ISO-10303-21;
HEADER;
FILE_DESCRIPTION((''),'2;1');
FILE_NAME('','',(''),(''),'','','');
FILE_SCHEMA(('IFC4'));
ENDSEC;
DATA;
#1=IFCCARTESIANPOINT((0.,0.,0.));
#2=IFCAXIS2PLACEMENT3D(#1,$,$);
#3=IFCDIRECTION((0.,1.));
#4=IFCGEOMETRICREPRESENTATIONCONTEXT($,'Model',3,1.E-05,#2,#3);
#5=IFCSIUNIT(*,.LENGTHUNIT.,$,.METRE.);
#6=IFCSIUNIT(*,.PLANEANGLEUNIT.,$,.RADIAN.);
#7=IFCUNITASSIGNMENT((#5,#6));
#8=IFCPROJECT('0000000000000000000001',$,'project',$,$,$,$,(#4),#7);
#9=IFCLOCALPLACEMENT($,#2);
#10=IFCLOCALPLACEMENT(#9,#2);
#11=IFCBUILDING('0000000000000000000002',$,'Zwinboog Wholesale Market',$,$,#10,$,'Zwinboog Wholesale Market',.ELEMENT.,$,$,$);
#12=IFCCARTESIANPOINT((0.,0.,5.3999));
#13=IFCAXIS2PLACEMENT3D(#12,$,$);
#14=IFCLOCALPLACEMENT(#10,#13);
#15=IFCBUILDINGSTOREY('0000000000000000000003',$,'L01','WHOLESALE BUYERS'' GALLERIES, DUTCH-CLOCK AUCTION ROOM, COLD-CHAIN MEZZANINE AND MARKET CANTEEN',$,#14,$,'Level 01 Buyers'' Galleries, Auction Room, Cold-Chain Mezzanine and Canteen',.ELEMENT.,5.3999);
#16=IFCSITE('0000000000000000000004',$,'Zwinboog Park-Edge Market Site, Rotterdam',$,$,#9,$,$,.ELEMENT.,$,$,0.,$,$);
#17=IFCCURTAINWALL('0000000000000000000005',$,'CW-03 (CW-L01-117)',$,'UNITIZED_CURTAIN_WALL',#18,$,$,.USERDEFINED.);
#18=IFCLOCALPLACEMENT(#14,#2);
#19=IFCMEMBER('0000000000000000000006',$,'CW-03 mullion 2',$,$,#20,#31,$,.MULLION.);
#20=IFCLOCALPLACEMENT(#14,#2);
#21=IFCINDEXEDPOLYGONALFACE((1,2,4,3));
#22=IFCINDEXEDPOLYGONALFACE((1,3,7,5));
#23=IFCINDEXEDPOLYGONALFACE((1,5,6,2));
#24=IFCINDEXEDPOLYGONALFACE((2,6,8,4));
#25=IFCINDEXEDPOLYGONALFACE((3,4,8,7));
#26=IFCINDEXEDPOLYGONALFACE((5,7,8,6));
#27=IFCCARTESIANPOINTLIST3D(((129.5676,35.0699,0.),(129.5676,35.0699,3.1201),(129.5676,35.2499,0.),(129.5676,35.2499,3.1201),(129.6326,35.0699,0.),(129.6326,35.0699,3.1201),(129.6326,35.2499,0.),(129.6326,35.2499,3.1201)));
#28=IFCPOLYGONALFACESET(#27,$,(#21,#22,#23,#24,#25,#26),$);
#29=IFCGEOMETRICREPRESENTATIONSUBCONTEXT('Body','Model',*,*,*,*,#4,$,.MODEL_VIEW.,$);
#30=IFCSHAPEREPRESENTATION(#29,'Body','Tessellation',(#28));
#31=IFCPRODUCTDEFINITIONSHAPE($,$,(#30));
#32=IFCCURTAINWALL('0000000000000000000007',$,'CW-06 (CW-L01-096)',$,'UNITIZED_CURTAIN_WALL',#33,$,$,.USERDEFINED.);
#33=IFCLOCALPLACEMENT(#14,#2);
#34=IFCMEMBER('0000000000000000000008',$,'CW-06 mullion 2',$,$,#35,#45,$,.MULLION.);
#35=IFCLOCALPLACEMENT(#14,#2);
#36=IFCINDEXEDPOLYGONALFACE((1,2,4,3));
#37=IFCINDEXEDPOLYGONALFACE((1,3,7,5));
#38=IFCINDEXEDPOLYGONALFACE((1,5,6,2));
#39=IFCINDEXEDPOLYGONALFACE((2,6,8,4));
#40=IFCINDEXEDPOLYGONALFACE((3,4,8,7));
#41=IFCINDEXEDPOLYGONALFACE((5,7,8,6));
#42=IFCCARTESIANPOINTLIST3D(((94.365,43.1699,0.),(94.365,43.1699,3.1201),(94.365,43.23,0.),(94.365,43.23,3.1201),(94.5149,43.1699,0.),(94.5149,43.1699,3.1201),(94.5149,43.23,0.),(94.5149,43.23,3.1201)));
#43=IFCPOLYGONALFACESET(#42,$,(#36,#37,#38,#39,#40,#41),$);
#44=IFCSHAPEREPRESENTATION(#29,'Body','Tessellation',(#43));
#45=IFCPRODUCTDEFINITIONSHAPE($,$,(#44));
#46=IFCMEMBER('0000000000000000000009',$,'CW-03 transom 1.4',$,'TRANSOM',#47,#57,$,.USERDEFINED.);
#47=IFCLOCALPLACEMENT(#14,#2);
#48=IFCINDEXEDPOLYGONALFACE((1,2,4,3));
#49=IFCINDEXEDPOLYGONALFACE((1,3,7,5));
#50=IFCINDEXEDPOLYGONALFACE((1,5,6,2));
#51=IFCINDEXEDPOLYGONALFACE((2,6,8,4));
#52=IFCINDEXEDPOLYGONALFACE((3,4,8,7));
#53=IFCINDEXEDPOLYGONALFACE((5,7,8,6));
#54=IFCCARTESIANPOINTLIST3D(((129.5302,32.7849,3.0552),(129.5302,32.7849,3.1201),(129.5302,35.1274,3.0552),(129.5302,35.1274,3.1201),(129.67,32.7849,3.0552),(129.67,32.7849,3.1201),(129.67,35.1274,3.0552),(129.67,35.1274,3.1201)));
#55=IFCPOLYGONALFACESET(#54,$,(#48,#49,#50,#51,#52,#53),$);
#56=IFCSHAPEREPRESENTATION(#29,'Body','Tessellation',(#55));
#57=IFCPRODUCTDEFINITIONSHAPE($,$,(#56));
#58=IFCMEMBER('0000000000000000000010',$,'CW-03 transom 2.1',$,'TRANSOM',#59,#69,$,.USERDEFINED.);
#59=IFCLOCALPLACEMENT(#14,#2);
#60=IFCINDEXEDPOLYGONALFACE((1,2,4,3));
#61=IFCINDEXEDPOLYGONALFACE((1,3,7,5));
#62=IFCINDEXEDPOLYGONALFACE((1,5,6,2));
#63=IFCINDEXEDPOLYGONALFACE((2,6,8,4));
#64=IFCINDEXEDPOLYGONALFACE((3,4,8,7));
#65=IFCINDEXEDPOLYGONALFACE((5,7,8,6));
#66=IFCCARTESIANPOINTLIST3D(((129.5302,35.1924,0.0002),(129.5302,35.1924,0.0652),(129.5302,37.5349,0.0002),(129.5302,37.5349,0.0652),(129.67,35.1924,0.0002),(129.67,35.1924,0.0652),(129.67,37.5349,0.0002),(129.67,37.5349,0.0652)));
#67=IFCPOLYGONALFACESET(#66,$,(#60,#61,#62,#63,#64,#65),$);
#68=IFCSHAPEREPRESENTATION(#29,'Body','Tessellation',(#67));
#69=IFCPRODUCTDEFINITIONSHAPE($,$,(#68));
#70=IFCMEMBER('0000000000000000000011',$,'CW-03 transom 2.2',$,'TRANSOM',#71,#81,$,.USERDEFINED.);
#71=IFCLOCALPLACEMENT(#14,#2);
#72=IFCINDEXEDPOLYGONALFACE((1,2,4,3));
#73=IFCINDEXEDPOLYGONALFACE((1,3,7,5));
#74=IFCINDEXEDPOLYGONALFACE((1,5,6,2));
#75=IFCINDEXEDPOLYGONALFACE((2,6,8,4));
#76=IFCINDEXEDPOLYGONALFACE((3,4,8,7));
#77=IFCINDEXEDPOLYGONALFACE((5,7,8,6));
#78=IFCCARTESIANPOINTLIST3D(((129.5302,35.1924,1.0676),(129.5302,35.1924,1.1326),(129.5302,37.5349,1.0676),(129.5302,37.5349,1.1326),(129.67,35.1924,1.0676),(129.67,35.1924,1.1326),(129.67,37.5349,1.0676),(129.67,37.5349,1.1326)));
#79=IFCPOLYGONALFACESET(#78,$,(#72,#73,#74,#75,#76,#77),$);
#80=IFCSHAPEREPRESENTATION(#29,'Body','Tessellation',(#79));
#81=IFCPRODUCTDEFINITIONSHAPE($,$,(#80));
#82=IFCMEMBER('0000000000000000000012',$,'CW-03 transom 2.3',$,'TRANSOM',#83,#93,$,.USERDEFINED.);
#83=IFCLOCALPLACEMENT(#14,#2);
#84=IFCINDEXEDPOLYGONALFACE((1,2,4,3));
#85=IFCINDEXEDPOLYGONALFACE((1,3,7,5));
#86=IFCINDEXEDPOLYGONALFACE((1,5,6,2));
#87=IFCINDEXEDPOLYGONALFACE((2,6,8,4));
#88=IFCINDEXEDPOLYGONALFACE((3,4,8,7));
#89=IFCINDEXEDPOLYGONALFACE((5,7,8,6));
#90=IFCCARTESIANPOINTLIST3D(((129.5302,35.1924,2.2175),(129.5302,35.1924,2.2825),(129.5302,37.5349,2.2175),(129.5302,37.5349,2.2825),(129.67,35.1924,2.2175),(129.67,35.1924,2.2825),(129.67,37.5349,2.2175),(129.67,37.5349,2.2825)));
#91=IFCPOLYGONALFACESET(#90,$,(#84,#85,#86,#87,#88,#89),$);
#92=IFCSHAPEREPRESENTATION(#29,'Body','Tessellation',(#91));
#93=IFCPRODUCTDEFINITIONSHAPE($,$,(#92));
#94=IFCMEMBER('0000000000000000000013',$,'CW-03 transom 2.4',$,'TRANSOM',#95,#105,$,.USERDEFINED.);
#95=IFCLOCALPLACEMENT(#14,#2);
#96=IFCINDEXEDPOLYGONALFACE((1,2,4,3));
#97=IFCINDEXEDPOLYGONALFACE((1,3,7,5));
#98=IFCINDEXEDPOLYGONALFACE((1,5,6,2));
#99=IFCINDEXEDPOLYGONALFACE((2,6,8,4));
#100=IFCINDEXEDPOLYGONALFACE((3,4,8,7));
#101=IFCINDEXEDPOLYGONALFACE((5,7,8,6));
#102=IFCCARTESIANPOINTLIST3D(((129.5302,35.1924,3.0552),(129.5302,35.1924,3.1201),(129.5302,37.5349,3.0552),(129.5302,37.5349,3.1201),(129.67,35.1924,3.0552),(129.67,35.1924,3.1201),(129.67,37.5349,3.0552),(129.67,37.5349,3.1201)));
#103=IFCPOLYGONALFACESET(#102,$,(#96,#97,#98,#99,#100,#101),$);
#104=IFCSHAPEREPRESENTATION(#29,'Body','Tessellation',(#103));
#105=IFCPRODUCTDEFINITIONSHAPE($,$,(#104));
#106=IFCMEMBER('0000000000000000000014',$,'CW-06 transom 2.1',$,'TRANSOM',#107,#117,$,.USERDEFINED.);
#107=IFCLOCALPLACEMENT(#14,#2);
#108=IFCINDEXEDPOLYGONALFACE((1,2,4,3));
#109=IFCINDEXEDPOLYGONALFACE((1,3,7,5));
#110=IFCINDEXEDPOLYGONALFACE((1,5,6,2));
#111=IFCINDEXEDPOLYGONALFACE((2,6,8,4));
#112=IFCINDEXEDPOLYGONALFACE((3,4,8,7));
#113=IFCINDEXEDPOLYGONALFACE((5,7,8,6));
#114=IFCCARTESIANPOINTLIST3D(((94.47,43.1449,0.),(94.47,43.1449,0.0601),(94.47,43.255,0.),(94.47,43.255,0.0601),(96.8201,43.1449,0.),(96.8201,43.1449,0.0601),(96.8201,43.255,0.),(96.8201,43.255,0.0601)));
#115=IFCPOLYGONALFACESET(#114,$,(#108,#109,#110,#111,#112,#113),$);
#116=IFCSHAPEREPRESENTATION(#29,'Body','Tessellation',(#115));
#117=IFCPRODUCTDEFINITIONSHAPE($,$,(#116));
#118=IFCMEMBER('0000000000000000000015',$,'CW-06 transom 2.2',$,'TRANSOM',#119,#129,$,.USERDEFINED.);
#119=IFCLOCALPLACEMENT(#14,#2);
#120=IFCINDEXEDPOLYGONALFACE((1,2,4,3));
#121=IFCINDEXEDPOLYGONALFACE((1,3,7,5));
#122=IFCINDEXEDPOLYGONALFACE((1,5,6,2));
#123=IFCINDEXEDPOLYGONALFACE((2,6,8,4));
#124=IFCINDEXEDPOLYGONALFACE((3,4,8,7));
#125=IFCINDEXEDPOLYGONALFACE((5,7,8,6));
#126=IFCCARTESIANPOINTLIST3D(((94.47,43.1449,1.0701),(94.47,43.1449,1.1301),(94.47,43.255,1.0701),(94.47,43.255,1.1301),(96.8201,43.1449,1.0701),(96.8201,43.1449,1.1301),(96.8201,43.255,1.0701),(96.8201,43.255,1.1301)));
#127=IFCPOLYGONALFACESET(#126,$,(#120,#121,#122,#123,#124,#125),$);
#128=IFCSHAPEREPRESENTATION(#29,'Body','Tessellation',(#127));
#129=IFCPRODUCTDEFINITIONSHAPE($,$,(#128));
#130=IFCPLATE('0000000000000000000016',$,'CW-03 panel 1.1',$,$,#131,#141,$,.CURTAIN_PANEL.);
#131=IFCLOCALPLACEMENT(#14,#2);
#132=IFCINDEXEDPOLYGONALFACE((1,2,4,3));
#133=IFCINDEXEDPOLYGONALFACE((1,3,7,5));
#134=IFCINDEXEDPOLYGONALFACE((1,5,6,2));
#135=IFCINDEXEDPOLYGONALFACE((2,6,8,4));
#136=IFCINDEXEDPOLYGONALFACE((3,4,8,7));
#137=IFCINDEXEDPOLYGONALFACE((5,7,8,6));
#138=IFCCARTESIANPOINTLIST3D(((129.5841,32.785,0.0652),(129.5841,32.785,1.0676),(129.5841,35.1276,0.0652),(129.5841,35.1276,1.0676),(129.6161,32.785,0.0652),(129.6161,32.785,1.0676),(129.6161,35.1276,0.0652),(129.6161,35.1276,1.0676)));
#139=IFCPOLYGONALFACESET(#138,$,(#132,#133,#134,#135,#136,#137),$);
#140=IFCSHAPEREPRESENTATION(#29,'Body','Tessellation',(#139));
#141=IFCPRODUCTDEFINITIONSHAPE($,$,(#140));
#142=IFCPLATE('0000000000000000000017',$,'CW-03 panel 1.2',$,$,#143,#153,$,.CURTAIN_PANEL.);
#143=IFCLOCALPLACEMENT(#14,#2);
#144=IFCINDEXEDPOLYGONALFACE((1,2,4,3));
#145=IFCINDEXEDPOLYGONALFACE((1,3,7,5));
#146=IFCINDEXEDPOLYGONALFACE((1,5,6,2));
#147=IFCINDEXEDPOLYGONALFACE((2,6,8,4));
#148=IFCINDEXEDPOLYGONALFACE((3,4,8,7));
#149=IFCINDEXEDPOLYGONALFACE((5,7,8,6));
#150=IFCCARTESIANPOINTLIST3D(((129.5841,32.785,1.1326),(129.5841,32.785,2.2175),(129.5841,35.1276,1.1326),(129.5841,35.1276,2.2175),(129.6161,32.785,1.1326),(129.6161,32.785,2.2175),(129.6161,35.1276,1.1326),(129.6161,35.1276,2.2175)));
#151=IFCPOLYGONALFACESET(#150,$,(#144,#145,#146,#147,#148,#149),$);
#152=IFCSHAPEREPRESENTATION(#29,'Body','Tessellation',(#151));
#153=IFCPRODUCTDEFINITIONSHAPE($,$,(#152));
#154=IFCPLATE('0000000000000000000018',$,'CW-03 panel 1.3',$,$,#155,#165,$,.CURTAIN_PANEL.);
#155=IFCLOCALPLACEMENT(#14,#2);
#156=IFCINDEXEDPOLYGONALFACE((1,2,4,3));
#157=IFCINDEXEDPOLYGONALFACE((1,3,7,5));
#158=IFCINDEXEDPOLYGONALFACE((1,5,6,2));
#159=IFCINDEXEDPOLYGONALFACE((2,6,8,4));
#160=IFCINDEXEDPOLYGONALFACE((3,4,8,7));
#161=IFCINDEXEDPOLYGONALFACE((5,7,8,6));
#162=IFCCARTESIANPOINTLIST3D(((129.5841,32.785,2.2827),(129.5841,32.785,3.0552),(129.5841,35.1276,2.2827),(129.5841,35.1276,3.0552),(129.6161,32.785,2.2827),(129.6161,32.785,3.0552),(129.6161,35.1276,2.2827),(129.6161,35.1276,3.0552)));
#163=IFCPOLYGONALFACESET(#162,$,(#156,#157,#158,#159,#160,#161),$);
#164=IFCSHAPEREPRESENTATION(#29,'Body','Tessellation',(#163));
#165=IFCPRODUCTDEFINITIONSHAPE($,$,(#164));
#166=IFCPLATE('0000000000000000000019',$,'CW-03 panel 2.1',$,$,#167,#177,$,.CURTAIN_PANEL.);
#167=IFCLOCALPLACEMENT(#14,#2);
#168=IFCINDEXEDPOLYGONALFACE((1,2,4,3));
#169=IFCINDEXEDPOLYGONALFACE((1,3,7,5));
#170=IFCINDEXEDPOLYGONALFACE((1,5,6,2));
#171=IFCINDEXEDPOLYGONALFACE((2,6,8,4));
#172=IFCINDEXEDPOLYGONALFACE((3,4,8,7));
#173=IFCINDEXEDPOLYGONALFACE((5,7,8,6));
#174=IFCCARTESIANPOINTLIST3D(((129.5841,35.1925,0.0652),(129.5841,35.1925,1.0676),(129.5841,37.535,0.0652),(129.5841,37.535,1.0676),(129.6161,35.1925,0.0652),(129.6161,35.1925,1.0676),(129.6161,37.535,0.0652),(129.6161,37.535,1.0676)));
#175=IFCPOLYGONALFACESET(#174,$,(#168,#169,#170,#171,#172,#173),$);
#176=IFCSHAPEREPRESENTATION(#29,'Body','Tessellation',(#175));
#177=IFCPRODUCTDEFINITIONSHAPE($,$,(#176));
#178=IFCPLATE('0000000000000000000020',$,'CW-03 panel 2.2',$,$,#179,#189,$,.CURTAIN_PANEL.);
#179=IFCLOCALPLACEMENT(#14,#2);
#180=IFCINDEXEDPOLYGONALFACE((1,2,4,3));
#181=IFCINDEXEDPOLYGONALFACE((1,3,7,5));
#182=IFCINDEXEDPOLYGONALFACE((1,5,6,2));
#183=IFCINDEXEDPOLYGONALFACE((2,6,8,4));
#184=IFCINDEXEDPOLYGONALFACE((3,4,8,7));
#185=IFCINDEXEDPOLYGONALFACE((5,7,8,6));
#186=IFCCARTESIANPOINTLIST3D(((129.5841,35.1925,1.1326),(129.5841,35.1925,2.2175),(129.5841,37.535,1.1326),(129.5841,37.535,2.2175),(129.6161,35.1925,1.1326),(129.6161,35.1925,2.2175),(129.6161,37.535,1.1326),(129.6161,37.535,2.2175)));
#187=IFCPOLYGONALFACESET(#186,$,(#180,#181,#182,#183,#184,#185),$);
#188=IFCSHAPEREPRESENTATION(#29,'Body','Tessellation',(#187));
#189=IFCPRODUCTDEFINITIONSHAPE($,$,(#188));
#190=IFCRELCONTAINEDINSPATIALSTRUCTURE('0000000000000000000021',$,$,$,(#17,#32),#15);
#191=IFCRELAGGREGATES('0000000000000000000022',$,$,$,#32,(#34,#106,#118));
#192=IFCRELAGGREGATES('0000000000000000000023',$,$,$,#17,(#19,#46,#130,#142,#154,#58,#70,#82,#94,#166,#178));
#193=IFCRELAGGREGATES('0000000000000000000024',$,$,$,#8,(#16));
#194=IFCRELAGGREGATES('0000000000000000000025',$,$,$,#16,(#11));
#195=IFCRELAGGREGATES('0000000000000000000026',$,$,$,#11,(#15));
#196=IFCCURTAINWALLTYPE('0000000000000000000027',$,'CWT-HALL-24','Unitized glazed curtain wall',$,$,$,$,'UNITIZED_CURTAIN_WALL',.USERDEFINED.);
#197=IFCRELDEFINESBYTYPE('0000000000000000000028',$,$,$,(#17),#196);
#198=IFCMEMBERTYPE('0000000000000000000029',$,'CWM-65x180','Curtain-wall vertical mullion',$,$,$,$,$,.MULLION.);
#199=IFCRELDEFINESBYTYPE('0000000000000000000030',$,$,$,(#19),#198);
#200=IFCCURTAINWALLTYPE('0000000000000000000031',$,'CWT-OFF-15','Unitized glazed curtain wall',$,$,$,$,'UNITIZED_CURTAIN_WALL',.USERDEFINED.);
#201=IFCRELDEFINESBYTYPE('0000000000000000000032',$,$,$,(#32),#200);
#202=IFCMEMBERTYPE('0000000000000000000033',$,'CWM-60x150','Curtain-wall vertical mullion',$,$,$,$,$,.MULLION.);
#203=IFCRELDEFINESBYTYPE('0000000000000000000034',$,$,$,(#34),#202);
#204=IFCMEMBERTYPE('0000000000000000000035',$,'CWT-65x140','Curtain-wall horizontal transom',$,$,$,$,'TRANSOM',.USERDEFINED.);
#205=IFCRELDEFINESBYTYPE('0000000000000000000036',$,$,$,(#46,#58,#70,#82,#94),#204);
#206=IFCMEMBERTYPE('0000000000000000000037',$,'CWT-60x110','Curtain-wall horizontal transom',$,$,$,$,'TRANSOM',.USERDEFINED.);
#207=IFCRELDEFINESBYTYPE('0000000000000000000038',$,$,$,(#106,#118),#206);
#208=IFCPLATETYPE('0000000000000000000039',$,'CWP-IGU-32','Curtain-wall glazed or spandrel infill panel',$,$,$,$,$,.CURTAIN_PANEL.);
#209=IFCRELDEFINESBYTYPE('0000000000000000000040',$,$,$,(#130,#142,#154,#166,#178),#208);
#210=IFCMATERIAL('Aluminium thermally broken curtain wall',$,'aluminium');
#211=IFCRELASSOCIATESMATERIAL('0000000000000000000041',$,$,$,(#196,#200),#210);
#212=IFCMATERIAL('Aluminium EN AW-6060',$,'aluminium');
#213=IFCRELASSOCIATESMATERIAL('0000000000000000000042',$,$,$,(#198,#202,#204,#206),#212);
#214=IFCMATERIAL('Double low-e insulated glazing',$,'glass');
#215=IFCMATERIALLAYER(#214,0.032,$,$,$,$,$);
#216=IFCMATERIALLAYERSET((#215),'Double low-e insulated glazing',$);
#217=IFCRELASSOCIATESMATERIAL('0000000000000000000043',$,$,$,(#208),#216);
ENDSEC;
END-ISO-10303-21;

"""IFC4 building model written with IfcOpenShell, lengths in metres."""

from ifc_helpers import new_model, si_unit, direction, frame, origin, origin_2d, place, context, subcontext, project, spatial, rectangle, extrude, material, layer, layer_set, material_profile, profile_set, type_object, element, aggregate, save


model = new_model("IFC4")

# Units and contexts
model_context = context("Model", 3, precision=1e-05, world=origin(), true_north=direction((0.0, 1.0)))
body_context = subcontext(model_context, "Body", "Model", "MODEL_VIEW")
ifc_project = project(units=[si_unit("LENGTHUNIT", "METRE"), si_unit("PLANEANGLEUNIT", "RADIAN")], contexts=[model_context])

# Site, building, storey
site_placement = place(None, origin())
site = spatial("IfcSite", under=ifc_project, at=site_placement, Name="Zwinboog Park-Edge Market Site, Rotterdam", CompositionType="ELEMENT", RefElevation=0.0)
building_placement = place(site_placement, origin())
building = spatial("IfcBuilding", under=site, at=building_placement, Name="Zwinboog Wholesale Market", LongName="Zwinboog Wholesale Market", CompositionType="ELEMENT")
storey_placement = place(building_placement, frame((0.0, 0.0, 5.3999)))
storey = spatial("IfcBuildingStorey", under=building, at=storey_placement, Name="L01", Description="WHOLESALE BUYERS' GALLERIES, DUTCH-CLOCK AUCTION ROOM, COLD-CHAIN MEZZANINE AND MARKET CANTEEN", LongName="Level 01 Buyers' Galleries, Auction Room, Cold-Chain Mezzanine and Canteen", CompositionType="ELEMENT", Elevation=5.3999)

# Curtain walls, members
ifc_material_1 = material(Name="Aluminium thermally broken curtain wall", Category="aluminium")
curtain_wall_type_1 = type_object("IfcCurtainWallType", Name="CWT-HALL-24", Description="Unitized glazed curtain wall", ElementType="UNITIZED_CURTAIN_WALL", PredefinedType="USERDEFINED", material=ifc_material_1)
curtain_wall_1_placement = place(storey_placement, origin())
curtain_wall_1 = element("IfcCurtainWall", 1, at=curtain_wall_1_placement, inside=storey, type_object=curtain_wall_type_1, Name="CW-03 (CW-L01-117)", ObjectType="UNITIZED_CURTAIN_WALL", PredefinedType="USERDEFINED")
ifc_material_2 = material(Name="Aluminium EN AW-6060", Category="aluminium")
ifc_material_profile_1 = material_profile(ifc_material_2, rectangle(XDim=0.0649, YDim=0.1799, at=origin_2d()), Name="AL 65x180")
ifc_profile_set_1 = profile_set([ifc_material_profile_1], Name="Aluminium EN AW-6060")
member_type_1 = type_object("IfcMemberType", Name="CWM-65x180", Description="Curtain-wall vertical mullion", PredefinedType="MULLION", material=ifc_profile_set_1)
member_1_placement = place(storey_placement, frame((129.6001, 35.1599, 0.0), z_axis=(0.0, 0.0, 1.0), x_axis=(-1.0, 0.0, 0.0)))
member_1 = element("IfcMember", 2, at=member_1_placement, type_object=member_type_1, Name="CW-03 mullion 2", PredefinedType="MULLION", context=body_context, shape_type="SweptSolid", body=[
    extrude(rectangle(XDim=0.0649, YDim=0.1799, at=origin_2d()), origin(), (0.0, 0.0, 1.0), 3.1201),
])
curtain_wall_type_2 = type_object("IfcCurtainWallType", Name="CWT-OFF-15", Description="Unitized glazed curtain wall", ElementType="UNITIZED_CURTAIN_WALL", PredefinedType="USERDEFINED", material=ifc_material_1)
curtain_wall_2_placement = place(storey_placement, origin())
curtain_wall_2 = element("IfcCurtainWall", 3, at=curtain_wall_2_placement, inside=storey, type_object=curtain_wall_type_2, Name="CW-06 (CW-L01-096)", ObjectType="UNITIZED_CURTAIN_WALL", PredefinedType="USERDEFINED")
ifc_material_profile_2 = material_profile(ifc_material_2, rectangle(XDim=0.0601, YDim=0.1499, at=origin_2d()), Name="AL 60x150")
ifc_profile_set_2 = profile_set([ifc_material_profile_2], Name="Aluminium EN AW-6060")
member_type_2 = type_object("IfcMemberType", Name="CWM-60x150", Description="Curtain-wall vertical mullion", PredefinedType="MULLION", material=ifc_profile_set_2)
member_2_placement = place(storey_placement, frame((94.4399, 43.2, 0.0), z_axis=(0.0, 0.0, 1.0), x_axis=(0.0, 1.0, 0.0)))
member_2 = element("IfcMember", 4, at=member_2_placement, type_object=member_type_2, Name="CW-06 mullion 2", PredefinedType="MULLION", context=body_context, shape_type="SweptSolid", body=[
    extrude(rectangle(XDim=0.0601, YDim=0.1499, at=origin_2d()), origin(), (0.0, 0.0, 1.0), 3.1201),
])

# Members
ifc_material_profile_3 = material_profile(ifc_material_2, rectangle(XDim=0.1399, YDim=0.0649, at=origin_2d()), Name="AL 65x140")
ifc_profile_set_3 = profile_set([ifc_material_profile_3], Name="Aluminium EN AW-6060")
member_type_3 = type_object("IfcMemberType", Name="CWT-65x140", Description="Curtain-wall horizontal transom", ElementType="TRANSOM", PredefinedType="USERDEFINED", material=ifc_profile_set_3)
member_3_placement = place(storey_placement, frame((129.6001, 32.7849, 3.0876), z_axis=(0.0, 1.0, 0.0), x_axis=(-1.0, 0.0, 0.0)))
member_3 = element("IfcMember", 5, at=member_3_placement, type_object=member_type_3, Name="CW-03 transom 1.4", ObjectType="TRANSOM", PredefinedType="USERDEFINED", context=body_context, shape_type="SweptSolid", body=[
    extrude(rectangle(XDim=0.1399, YDim=0.0649, at=origin_2d()), origin(), (0.0, 0.0, 1.0), 2.3425),
])
member_4_placement = place(storey_placement, frame((129.6001, 35.1924, 0.0327), z_axis=(0.0, 1.0, 0.0), x_axis=(-1.0, 0.0, 0.0)))
member_4 = element("IfcMember", 6, at=member_4_placement, type_object=member_type_3, Name="CW-03 transom 2.1", ObjectType="TRANSOM", PredefinedType="USERDEFINED", context=body_context, shape_type="SweptSolid", body=[
    extrude(rectangle(XDim=0.1399, YDim=0.0649, at=origin_2d()), origin(), (0.0, 0.0, 1.0), 2.3425),
])
member_5_placement = place(storey_placement, frame((129.6001, 35.1924, 1.1001), z_axis=(0.0, 1.0, 0.0), x_axis=(-1.0, 0.0, 0.0)))
member_5 = element("IfcMember", 7, at=member_5_placement, type_object=member_type_3, Name="CW-03 transom 2.2", ObjectType="TRANSOM", PredefinedType="USERDEFINED", context=body_context, shape_type="SweptSolid", body=[
    extrude(rectangle(XDim=0.1399, YDim=0.0649, at=origin_2d()), origin(), (0.0, 0.0, 1.0), 2.3425),
])
member_6_placement = place(storey_placement, frame((129.6001, 35.1924, 2.25), z_axis=(0.0, 1.0, 0.0), x_axis=(-1.0, 0.0, 0.0)))
member_6 = element("IfcMember", 8, at=member_6_placement, type_object=member_type_3, Name="CW-03 transom 2.3", ObjectType="TRANSOM", PredefinedType="USERDEFINED", context=body_context, shape_type="SweptSolid", body=[
    extrude(rectangle(XDim=0.1399, YDim=0.0649, at=origin_2d()), origin(), (0.0, 0.0, 1.0), 2.3425),
])
member_7_placement = place(storey_placement, frame((129.6001, 35.1924, 3.0876), z_axis=(0.0, 1.0, 0.0), x_axis=(-1.0, 0.0, 0.0)))
member_7 = element("IfcMember", 9, at=member_7_placement, type_object=member_type_3, Name="CW-03 transom 2.4", ObjectType="TRANSOM", PredefinedType="USERDEFINED", context=body_context, shape_type="SweptSolid", body=[
    extrude(rectangle(XDim=0.1399, YDim=0.0649, at=origin_2d()), origin(), (0.0, 0.0, 1.0), 2.3425),
])
ifc_material_profile_4 = material_profile(ifc_material_2, rectangle(XDim=0.1101, YDim=0.0601, at=origin_2d()), Name="AL 60x110")
ifc_profile_set_4 = profile_set([ifc_material_profile_4], Name="Aluminium EN AW-6060")
member_type_4 = type_object("IfcMemberType", Name="CWT-60x110", Description="Curtain-wall horizontal transom", ElementType="TRANSOM", PredefinedType="USERDEFINED", material=ifc_profile_set_4)
member_8_placement = place(storey_placement, frame((94.47, 43.2, 0.03), z_axis=(1.0, 0.0, 0.0), x_axis=(0.0, 1.0, 0.0)))
member_8 = element("IfcMember", 10, at=member_8_placement, type_object=member_type_4, Name="CW-06 transom 2.1", ObjectType="TRANSOM", PredefinedType="USERDEFINED", context=body_context, shape_type="SweptSolid", body=[
    extrude(rectangle(XDim=0.1101, YDim=0.0601, at=origin_2d()), origin(), (0.0, 0.0, 1.0), 2.3501),
])
member_9_placement = place(storey_placement, frame((94.47, 43.2, 1.1001), z_axis=(1.0, 0.0, 0.0), x_axis=(0.0, 1.0, 0.0)))
member_9 = element("IfcMember", 11, at=member_9_placement, type_object=member_type_4, Name="CW-06 transom 2.2", ObjectType="TRANSOM", PredefinedType="USERDEFINED", context=body_context, shape_type="SweptSolid", body=[
    extrude(rectangle(XDim=0.1101, YDim=0.0601, at=origin_2d()), origin(), (0.0, 0.0, 1.0), 2.3501),
])
aggregate(curtain_wall_2, [member_2, member_8, member_9])

# Plates
ifc_material_3 = material(Name="Double low-e insulated glazing", Category="glass")
ifc_layer = layer(ifc_material_3, 0.032)
ifc_layer_set = layer_set([ifc_layer], Name="Double low-e insulated glazing")
plate_type = type_object("IfcPlateType", Name="CWP-IGU-32", Description="Curtain-wall glazed or spandrel infill panel", PredefinedType="CURTAIN_PANEL", material=ifc_layer_set)
plate_1_placement = place(storey_placement, frame((129.6001, 33.9563, 0.0652), z_axis=(0.0, 0.0, 1.0), x_axis=(0.0, 1.0, 0.0)))
plate_1 = element("IfcPlate", 12, at=plate_1_placement, type_object=plate_type, Name="CW-03 panel 1.1", PredefinedType="CURTAIN_PANEL", context=body_context, shape_type="SweptSolid", body=[
    extrude(rectangle(XDim=2.3425, YDim=0.032, at=origin_2d()), origin(), (0.0, 0.0, 1.0), 1.0024),
])
plate_2_placement = place(storey_placement, frame((129.6001, 33.9563, 1.1326), z_axis=(0.0, 0.0, 1.0), x_axis=(0.0, 1.0, 0.0)))
plate_2 = element("IfcPlate", 13, at=plate_2_placement, type_object=plate_type, Name="CW-03 panel 1.2", PredefinedType="CURTAIN_PANEL", context=body_context, shape_type="SweptSolid", body=[
    extrude(rectangle(XDim=2.3425, YDim=0.032, at=origin_2d()), origin(), (0.0, 0.0, 1.0), 1.085),
])
plate_3_placement = place(storey_placement, frame((129.6001, 33.9563, 2.2827), z_axis=(0.0, 0.0, 1.0), x_axis=(0.0, 1.0, 0.0)))
plate_3 = element("IfcPlate", 14, at=plate_3_placement, type_object=plate_type, Name="CW-03 panel 1.3", PredefinedType="CURTAIN_PANEL", context=body_context, shape_type="SweptSolid", body=[
    extrude(rectangle(XDim=2.3425, YDim=0.032, at=origin_2d()), origin(), (0.0, 0.0, 1.0), 0.7725),
])
plate_4_placement = place(storey_placement, frame((129.6001, 36.3638, 0.0652), z_axis=(0.0, 0.0, 1.0), x_axis=(0.0, 1.0, 0.0)))
plate_4 = element("IfcPlate", 15, at=plate_4_placement, type_object=plate_type, Name="CW-03 panel 2.1", PredefinedType="CURTAIN_PANEL", context=body_context, shape_type="SweptSolid", body=[
    extrude(rectangle(XDim=2.3425, YDim=0.032, at=origin_2d()), origin(), (0.0, 0.0, 1.0), 1.0024),
])
plate_5_placement = place(storey_placement, frame((129.6001, 36.3638, 1.1326), z_axis=(0.0, 0.0, 1.0), x_axis=(0.0, 1.0, 0.0)))
plate_5 = element("IfcPlate", 16, at=plate_5_placement, type_object=plate_type, Name="CW-03 panel 2.2", PredefinedType="CURTAIN_PANEL", context=body_context, shape_type="SweptSolid", body=[
    extrude(rectangle(XDim=2.3425, YDim=0.032, at=origin_2d()), origin(), (0.0, 0.0, 1.0), 1.085),
])
aggregate(curtain_wall_1, [member_1, member_3, plate_1, plate_2, plate_3, member_4, member_5, member_6, member_7, plate_4, plate_5])

save(model, "model.ifc")
